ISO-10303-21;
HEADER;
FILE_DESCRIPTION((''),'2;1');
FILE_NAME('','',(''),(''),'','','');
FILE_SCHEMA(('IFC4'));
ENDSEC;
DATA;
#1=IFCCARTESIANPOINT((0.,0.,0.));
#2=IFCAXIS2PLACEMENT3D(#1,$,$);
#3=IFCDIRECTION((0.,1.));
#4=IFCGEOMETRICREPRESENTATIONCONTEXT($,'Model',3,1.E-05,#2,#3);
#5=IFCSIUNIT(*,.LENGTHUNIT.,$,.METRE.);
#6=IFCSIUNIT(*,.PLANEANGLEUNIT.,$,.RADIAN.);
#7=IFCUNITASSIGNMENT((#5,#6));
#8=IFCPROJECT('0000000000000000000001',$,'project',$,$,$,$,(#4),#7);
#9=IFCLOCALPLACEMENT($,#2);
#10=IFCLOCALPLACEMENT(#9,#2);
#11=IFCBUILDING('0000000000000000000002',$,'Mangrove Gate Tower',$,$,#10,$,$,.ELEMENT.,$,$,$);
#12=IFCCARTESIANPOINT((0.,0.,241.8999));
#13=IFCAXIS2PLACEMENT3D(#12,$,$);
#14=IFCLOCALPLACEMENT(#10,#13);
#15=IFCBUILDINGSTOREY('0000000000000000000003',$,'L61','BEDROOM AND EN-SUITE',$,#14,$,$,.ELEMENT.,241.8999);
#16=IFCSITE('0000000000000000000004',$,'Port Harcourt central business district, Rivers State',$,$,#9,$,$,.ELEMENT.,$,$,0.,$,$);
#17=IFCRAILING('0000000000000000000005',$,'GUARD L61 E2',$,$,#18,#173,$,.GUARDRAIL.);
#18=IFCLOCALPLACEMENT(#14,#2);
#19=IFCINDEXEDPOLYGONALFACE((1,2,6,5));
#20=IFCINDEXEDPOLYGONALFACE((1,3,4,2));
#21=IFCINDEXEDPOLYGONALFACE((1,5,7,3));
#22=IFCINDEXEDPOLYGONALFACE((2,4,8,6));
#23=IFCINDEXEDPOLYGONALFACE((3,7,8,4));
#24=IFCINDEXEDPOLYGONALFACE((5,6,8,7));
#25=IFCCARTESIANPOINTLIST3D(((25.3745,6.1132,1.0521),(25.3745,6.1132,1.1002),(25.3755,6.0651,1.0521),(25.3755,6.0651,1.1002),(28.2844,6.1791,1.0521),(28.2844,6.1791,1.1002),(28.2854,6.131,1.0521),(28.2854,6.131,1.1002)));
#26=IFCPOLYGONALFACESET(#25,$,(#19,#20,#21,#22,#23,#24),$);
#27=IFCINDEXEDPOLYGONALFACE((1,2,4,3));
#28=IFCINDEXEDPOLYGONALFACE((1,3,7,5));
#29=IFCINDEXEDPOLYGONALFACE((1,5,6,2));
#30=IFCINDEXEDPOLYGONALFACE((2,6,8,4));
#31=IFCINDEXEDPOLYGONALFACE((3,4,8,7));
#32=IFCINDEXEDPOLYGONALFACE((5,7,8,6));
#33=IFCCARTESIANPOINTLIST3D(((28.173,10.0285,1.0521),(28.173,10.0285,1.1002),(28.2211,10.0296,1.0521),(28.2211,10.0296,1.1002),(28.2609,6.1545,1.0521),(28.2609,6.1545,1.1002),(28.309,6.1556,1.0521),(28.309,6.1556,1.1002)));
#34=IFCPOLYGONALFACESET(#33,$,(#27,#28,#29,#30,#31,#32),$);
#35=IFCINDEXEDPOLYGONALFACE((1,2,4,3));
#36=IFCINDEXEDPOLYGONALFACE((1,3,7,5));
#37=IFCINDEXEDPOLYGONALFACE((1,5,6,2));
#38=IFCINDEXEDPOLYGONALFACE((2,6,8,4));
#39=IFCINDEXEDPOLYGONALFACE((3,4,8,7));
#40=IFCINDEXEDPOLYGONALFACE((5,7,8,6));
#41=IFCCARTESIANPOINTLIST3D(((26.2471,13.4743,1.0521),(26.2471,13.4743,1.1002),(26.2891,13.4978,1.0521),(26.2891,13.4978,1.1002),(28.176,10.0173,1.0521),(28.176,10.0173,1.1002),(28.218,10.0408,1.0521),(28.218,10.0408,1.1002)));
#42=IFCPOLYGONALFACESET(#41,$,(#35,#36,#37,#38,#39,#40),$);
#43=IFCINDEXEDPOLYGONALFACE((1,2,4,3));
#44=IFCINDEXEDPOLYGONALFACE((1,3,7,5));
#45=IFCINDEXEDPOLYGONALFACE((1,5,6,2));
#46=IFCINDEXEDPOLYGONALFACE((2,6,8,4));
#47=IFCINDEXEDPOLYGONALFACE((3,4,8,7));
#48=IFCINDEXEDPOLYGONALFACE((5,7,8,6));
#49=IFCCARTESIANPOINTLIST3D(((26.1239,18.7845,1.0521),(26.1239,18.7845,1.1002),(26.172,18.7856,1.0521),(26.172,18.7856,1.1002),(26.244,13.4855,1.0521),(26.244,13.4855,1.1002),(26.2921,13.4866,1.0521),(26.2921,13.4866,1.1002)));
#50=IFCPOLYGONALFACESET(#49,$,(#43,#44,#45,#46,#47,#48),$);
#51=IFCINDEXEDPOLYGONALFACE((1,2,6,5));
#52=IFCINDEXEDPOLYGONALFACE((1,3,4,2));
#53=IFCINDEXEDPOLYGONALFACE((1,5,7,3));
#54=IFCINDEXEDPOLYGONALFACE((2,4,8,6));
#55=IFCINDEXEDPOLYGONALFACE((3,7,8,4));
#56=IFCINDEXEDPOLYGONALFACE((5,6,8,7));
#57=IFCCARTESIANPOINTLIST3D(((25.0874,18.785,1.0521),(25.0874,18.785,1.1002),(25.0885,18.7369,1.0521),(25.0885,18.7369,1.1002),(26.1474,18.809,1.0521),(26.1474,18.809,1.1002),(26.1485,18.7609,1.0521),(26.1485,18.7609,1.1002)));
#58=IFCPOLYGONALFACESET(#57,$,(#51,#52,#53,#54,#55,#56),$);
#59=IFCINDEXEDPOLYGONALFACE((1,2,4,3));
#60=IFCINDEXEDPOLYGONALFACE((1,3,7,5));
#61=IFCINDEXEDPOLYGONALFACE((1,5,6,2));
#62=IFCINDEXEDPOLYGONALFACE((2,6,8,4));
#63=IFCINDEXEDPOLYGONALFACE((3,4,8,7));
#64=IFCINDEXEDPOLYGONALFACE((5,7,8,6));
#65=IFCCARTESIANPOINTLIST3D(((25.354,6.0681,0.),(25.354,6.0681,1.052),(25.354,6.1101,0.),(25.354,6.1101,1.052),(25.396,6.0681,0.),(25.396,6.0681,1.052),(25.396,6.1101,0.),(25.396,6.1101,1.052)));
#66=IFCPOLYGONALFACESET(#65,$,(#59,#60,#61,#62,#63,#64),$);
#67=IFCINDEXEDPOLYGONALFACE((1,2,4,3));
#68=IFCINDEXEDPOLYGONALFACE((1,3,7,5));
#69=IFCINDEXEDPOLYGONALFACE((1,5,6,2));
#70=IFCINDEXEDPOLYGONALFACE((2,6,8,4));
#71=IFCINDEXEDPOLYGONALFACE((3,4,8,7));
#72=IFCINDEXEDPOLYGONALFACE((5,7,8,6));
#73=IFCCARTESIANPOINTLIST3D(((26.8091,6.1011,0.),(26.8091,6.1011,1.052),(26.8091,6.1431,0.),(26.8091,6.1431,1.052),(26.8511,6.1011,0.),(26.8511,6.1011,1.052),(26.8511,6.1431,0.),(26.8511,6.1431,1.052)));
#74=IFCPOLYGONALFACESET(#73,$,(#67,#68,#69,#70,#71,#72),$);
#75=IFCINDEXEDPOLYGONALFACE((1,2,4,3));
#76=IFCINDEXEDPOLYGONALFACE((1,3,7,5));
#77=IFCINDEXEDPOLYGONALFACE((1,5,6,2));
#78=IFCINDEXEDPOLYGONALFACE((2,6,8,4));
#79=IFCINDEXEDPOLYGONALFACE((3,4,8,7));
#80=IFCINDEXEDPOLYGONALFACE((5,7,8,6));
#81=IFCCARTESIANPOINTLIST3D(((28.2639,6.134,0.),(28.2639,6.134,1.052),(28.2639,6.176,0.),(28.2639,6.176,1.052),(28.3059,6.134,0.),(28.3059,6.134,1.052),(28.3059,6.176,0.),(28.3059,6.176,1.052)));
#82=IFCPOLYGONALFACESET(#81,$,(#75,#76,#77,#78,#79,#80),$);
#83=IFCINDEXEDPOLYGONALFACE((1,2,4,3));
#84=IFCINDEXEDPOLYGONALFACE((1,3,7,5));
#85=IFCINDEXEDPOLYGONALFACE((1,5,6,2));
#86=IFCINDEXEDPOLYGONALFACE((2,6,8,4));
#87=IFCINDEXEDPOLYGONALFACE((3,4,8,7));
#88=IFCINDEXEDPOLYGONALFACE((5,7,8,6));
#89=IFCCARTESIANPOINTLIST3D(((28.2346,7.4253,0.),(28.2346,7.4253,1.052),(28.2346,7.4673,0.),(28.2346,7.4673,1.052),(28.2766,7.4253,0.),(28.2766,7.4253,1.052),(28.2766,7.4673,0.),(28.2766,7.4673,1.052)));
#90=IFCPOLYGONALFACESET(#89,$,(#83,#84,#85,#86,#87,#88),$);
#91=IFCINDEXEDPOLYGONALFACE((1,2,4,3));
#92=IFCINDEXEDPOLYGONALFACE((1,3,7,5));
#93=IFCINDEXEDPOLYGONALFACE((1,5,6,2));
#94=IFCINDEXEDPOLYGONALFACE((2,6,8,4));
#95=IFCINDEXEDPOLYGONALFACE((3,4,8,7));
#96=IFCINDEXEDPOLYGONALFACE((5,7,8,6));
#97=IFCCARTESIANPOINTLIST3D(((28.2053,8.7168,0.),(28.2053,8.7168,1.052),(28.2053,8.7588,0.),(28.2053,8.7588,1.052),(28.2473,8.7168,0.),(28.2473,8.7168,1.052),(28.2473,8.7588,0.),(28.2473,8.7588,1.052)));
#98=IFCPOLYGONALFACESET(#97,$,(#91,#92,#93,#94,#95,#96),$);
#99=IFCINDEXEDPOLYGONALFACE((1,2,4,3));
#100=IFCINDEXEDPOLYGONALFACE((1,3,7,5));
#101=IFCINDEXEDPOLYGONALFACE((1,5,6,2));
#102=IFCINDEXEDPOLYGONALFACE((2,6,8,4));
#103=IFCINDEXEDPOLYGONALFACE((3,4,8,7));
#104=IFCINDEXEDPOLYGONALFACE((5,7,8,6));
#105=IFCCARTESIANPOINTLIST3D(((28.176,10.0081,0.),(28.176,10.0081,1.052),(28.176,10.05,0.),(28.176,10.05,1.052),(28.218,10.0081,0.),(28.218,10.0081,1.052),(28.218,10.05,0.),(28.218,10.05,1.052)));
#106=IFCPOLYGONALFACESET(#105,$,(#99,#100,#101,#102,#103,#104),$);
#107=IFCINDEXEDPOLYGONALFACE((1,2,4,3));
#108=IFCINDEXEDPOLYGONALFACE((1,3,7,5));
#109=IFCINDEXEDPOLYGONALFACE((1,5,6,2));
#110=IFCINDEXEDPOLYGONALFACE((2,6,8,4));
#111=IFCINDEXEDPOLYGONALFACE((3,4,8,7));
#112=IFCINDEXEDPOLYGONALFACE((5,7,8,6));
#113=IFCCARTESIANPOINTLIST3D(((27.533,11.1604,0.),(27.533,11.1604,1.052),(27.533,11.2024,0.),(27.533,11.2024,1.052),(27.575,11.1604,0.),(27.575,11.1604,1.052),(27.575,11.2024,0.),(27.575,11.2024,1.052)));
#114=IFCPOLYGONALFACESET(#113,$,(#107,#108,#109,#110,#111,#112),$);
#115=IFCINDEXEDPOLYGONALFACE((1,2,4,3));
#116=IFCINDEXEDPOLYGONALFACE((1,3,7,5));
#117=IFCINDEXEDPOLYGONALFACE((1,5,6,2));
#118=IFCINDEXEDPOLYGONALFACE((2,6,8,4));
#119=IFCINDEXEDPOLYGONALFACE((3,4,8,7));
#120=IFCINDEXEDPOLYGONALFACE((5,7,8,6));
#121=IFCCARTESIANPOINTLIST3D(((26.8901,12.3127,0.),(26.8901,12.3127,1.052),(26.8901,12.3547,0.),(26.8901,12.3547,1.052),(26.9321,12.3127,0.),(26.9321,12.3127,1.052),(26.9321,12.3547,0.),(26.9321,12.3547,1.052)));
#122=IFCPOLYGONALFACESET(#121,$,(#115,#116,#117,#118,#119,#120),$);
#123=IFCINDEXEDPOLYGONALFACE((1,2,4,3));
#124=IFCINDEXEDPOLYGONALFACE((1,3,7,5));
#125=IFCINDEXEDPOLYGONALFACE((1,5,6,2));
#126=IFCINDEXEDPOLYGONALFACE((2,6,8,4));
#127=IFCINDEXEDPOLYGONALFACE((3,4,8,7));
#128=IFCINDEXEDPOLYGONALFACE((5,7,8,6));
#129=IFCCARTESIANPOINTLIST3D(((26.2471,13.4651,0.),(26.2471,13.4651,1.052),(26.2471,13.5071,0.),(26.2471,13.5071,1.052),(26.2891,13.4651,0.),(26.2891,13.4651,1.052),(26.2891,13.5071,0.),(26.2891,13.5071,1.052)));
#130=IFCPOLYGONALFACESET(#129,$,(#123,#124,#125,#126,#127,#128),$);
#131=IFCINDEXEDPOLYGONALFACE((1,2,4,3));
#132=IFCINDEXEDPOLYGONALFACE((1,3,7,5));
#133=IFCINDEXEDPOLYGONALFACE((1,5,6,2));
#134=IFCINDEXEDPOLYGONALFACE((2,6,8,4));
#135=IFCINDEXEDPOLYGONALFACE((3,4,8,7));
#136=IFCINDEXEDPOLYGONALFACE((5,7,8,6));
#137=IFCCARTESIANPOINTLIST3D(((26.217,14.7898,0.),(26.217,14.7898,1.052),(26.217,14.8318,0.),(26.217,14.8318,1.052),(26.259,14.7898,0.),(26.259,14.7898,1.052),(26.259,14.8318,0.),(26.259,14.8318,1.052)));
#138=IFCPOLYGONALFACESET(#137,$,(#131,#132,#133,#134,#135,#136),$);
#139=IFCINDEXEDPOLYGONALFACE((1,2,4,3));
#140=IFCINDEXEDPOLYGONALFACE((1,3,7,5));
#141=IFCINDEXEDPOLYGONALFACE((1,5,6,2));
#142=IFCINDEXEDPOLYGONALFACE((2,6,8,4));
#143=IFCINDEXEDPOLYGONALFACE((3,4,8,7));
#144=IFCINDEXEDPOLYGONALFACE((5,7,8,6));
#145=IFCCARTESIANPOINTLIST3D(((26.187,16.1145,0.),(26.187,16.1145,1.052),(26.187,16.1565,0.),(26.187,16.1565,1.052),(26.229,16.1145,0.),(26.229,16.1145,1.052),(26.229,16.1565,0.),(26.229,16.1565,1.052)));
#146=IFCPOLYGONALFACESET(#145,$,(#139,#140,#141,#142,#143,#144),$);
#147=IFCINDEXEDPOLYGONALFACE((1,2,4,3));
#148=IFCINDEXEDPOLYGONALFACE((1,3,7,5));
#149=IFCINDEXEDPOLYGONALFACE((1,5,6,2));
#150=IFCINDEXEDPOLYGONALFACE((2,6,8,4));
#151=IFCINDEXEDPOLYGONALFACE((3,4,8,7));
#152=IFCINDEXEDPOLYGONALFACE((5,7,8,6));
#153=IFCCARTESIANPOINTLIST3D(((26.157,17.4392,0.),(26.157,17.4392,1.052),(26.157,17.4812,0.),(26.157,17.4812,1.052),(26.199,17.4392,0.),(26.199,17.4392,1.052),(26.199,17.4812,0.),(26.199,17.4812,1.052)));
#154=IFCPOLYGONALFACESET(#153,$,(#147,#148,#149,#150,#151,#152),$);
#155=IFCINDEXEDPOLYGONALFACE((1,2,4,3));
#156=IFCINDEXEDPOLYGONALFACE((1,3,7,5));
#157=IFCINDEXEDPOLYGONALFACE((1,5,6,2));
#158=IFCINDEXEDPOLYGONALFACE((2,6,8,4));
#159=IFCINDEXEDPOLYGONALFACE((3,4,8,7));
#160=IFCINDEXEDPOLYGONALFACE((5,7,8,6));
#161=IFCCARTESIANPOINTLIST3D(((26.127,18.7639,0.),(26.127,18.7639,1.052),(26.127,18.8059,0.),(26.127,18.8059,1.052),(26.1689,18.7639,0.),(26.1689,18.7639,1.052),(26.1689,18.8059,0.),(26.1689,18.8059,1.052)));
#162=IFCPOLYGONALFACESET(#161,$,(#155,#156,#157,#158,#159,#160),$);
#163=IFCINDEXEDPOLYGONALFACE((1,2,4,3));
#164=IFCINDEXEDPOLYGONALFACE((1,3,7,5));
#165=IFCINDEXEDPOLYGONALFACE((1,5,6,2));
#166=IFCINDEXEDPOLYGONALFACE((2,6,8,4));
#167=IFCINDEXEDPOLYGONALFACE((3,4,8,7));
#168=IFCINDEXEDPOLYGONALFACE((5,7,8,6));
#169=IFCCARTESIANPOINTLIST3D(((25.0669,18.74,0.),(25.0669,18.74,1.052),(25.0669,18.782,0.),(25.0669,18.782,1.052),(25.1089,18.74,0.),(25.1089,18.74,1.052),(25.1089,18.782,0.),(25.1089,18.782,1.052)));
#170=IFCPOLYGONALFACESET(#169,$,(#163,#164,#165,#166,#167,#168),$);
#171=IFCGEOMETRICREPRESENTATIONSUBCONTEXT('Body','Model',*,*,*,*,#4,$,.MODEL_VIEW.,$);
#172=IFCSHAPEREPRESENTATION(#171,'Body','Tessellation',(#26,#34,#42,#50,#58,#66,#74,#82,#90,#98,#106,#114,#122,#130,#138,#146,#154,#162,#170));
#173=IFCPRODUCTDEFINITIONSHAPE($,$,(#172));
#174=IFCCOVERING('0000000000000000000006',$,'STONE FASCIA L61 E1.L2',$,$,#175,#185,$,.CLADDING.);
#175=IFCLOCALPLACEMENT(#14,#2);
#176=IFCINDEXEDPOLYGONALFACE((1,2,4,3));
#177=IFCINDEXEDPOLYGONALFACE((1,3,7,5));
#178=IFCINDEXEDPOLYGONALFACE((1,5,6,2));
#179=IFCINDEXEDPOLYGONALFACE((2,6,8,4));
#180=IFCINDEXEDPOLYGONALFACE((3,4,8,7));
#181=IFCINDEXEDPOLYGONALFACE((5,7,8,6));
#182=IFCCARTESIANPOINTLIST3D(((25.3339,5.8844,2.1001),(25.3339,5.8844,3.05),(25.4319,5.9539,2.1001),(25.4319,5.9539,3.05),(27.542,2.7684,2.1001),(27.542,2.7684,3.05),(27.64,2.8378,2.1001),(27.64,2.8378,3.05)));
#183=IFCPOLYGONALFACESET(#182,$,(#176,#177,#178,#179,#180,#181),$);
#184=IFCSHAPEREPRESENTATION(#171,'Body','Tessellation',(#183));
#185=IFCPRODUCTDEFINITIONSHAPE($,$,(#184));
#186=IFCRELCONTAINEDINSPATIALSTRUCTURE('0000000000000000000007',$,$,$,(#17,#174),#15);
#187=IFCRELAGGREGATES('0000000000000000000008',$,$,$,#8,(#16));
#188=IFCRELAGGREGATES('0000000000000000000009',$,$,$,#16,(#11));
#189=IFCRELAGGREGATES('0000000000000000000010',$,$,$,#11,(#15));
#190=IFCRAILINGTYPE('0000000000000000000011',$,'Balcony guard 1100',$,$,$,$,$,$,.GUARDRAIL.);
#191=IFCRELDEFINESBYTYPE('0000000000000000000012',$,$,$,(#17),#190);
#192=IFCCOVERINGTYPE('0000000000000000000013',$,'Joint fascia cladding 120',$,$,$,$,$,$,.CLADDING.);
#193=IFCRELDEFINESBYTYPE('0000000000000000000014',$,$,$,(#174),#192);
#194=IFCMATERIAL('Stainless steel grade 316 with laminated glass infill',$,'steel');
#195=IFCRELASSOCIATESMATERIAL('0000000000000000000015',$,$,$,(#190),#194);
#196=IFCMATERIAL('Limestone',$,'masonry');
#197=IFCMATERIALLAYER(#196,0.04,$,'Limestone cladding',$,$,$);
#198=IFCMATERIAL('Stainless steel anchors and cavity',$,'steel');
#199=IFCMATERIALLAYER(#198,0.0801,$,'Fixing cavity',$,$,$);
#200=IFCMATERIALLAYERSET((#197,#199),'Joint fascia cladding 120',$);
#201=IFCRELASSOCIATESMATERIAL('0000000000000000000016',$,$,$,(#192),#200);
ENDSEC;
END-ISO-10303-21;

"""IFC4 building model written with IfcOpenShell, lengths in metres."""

from ifc_helpers import new_model, si_unit, direction, frame, frame_2d, origin, origin_2d, place, context, subcontext, project, spatial, rectangle, extrude, material, layer, layer_set, type_object, element, save


model = new_model("IFC4")

# Units and contexts
model_context = context("Model", 3, precision=1e-05, world=origin(), true_north=direction((0.0, 1.0)))
body_context = subcontext(model_context, "Body", "Model", "MODEL_VIEW")
ifc_project = project(units=[si_unit("LENGTHUNIT", "METRE"), si_unit("PLANEANGLEUNIT", "RADIAN")], contexts=[model_context])

# Site, building, storey
site_placement = place(None, origin())
site = spatial("IfcSite", under=ifc_project, at=site_placement, Name="Port Harcourt central business district, Rivers State", CompositionType="ELEMENT", RefElevation=0.0)
building_placement = place(site_placement, origin())
building = spatial("IfcBuilding", under=site, at=building_placement, Name="Mangrove Gate Tower", CompositionType="ELEMENT")
storey_placement = place(building_placement, frame((0.0, 0.0, 241.8999)))
storey = spatial("IfcBuildingStorey", under=building, at=storey_placement, Name="L61", Description="BEDROOM AND EN-SUITE", CompositionType="ELEMENT", Elevation=241.8999)

# Shared definitions
ifc_material_1 = material(Name="Limestone", Category="masonry")

# Railing
ifc_material_2 = material(Name="Stainless steel grade 316 with laminated glass infill", Category="steel")
railing_type = type_object("IfcRailingType", Name="Balcony guard 1100", PredefinedType="GUARDRAIL", material=ifc_material_2)
railing_placement = place(storey_placement, frame((25.375, 6.0891, 0.0)))
element("IfcRailing", 1, at=railing_placement, inside=storey, type_object=railing_type, Name="GUARD L61 E2", PredefinedType="GUARDRAIL", context=body_context, shape_type="SweptSolid", body=[
    extrude(rectangle(XDim=0.0481, YDim=0.0481, at=origin_2d()), frame((0.0, 0.0, 1.0762), z_axis=(0.999744, 0.022647, 0.0), x_axis=(-0.022647, 0.999744, 0.0)), (0.0, 0.0, 1.0), 2.9106),
    extrude(rectangle(XDim=0.0481, YDim=0.0481, at=origin_2d()), frame((2.9099, 0.0659, 1.0762), z_axis=(-0.022681, 0.999743, 0.0), x_axis=(-0.999743, -0.022681, 0.0)), (0.0, 0.0, 1.0), 3.875),
    extrude(rectangle(XDim=0.0481, YDim=0.0481, at=origin_2d()), frame((2.822, 3.9399, 1.0762), z_axis=(-0.48726, 0.873257, 0.0), x_axis=(-0.873257, -0.48726, 0.0)), (0.0, 0.0, 1.0), 3.9587),
    extrude(rectangle(XDim=0.0481, YDim=0.0481, at=origin_2d()), frame((0.8931, 7.397, 1.0762), z_axis=(-0.022663, 0.999743, 0.0), x_axis=(-0.999743, -0.022663, 0.0)), (0.0, 0.0, 1.0), 5.3003),
    extrude(rectangle(XDim=0.0481, YDim=0.0481, at=origin_2d()), frame((0.7729, 12.6958, 1.0762), z_axis=(-0.999745, -0.022564, 0.0), x_axis=(0.022564, -0.999745, 0.0)), (0.0, 0.0, 1.0), 1.0603),
    extrude(rectangle(XDim=0.042, YDim=0.042, at=origin_2d()), origin(), (0.0, 0.0, 1.0), 1.052),
    extrude(rectangle(XDim=0.042, YDim=0.042, at=origin_2d()), frame((1.4551, 0.033, 0.0)), (0.0, 0.0, 1.0), 1.052),
    extrude(rectangle(XDim=0.042, YDim=0.042, at=origin_2d()), frame((2.9099, 0.0659, 0.0)), (0.0, 0.0, 1.0), 1.052),
    extrude(rectangle(XDim=0.042, YDim=0.042, at=origin_2d()), frame((2.8806, 1.3572, 0.0)), (0.0, 0.0, 1.0), 1.052),
    extrude(rectangle(XDim=0.042, YDim=0.042, at=origin_2d()), frame((2.8513, 2.6487, 0.0)), (0.0, 0.0, 1.0), 1.052),
    extrude(rectangle(XDim=0.042, YDim=0.042, at=origin_2d()), frame((2.822, 3.9399, 0.0)), (0.0, 0.0, 1.0), 1.052),
    extrude(rectangle(XDim=0.042, YDim=0.042, at=origin_2d()), frame((2.179, 5.0923, 0.0)), (0.0, 0.0, 1.0), 1.052),
    extrude(rectangle(XDim=0.042, YDim=0.042, at=origin_2d()), frame((1.5361, 6.2446, 0.0)), (0.0, 0.0, 1.0), 1.052),
    extrude(rectangle(XDim=0.042, YDim=0.042, at=origin_2d()), frame((0.8931, 7.397, 0.0)), (0.0, 0.0, 1.0), 1.052),
    extrude(rectangle(XDim=0.042, YDim=0.042, at=origin_2d()), frame((0.863, 8.7217, 0.0)), (0.0, 0.0, 1.0), 1.052),
    extrude(rectangle(XDim=0.042, YDim=0.042, at=origin_2d()), frame((0.833, 10.0464, 0.0)), (0.0, 0.0, 1.0), 1.052),
    extrude(rectangle(XDim=0.042, YDim=0.042, at=origin_2d()), frame((0.803, 11.3711, 0.0)), (0.0, 0.0, 1.0), 1.052),
    extrude(rectangle(XDim=0.042, YDim=0.042, at=origin_2d()), frame((0.7729, 12.6958, 0.0)), (0.0, 0.0, 1.0), 1.052),
    extrude(rectangle(XDim=0.042, YDim=0.042, at=origin_2d()), frame((-0.2871, 12.6719, 0.0)), (0.0, 0.0, 1.0), 1.052),
])

# Covering
ifc_layer_1 = layer(ifc_material_1, 0.04, Name="Limestone cladding")
ifc_material_3 = material(Name="Stainless steel anchors and cavity", Category="steel")
ifc_layer_2 = layer(ifc_material_3, 0.0801, Name="Fixing cavity")
ifc_layer_set_1 = layer_set([ifc_layer_1, ifc_layer_2], Name="Joint fascia cladding 120")
covering_type = type_object("IfcCoveringType", Name="Joint fascia cladding 120", PredefinedType="CLADDING", material=ifc_layer_set_1)
covering_placement = place(storey_placement, frame((27.5911, 2.803, 2.1001), z_axis=(0.0, 0.0, 1.0), x_axis=(-0.578168, 0.815918, 0.0)))
element("IfcCovering", 2, at=covering_placement, inside=storey, type_object=covering_type, Name="STONE FASCIA L61 E1.L2", PredefinedType="CLADDING", context=body_context, shape_type="SweptSolid", body=[
    extrude(rectangle(XDim=3.8191, YDim=0.1201, at=frame_2d((1.9097, 0.0))), origin(), (0.0, 0.0, 1.0), 0.95),
])

save(model, "model.ifc")
